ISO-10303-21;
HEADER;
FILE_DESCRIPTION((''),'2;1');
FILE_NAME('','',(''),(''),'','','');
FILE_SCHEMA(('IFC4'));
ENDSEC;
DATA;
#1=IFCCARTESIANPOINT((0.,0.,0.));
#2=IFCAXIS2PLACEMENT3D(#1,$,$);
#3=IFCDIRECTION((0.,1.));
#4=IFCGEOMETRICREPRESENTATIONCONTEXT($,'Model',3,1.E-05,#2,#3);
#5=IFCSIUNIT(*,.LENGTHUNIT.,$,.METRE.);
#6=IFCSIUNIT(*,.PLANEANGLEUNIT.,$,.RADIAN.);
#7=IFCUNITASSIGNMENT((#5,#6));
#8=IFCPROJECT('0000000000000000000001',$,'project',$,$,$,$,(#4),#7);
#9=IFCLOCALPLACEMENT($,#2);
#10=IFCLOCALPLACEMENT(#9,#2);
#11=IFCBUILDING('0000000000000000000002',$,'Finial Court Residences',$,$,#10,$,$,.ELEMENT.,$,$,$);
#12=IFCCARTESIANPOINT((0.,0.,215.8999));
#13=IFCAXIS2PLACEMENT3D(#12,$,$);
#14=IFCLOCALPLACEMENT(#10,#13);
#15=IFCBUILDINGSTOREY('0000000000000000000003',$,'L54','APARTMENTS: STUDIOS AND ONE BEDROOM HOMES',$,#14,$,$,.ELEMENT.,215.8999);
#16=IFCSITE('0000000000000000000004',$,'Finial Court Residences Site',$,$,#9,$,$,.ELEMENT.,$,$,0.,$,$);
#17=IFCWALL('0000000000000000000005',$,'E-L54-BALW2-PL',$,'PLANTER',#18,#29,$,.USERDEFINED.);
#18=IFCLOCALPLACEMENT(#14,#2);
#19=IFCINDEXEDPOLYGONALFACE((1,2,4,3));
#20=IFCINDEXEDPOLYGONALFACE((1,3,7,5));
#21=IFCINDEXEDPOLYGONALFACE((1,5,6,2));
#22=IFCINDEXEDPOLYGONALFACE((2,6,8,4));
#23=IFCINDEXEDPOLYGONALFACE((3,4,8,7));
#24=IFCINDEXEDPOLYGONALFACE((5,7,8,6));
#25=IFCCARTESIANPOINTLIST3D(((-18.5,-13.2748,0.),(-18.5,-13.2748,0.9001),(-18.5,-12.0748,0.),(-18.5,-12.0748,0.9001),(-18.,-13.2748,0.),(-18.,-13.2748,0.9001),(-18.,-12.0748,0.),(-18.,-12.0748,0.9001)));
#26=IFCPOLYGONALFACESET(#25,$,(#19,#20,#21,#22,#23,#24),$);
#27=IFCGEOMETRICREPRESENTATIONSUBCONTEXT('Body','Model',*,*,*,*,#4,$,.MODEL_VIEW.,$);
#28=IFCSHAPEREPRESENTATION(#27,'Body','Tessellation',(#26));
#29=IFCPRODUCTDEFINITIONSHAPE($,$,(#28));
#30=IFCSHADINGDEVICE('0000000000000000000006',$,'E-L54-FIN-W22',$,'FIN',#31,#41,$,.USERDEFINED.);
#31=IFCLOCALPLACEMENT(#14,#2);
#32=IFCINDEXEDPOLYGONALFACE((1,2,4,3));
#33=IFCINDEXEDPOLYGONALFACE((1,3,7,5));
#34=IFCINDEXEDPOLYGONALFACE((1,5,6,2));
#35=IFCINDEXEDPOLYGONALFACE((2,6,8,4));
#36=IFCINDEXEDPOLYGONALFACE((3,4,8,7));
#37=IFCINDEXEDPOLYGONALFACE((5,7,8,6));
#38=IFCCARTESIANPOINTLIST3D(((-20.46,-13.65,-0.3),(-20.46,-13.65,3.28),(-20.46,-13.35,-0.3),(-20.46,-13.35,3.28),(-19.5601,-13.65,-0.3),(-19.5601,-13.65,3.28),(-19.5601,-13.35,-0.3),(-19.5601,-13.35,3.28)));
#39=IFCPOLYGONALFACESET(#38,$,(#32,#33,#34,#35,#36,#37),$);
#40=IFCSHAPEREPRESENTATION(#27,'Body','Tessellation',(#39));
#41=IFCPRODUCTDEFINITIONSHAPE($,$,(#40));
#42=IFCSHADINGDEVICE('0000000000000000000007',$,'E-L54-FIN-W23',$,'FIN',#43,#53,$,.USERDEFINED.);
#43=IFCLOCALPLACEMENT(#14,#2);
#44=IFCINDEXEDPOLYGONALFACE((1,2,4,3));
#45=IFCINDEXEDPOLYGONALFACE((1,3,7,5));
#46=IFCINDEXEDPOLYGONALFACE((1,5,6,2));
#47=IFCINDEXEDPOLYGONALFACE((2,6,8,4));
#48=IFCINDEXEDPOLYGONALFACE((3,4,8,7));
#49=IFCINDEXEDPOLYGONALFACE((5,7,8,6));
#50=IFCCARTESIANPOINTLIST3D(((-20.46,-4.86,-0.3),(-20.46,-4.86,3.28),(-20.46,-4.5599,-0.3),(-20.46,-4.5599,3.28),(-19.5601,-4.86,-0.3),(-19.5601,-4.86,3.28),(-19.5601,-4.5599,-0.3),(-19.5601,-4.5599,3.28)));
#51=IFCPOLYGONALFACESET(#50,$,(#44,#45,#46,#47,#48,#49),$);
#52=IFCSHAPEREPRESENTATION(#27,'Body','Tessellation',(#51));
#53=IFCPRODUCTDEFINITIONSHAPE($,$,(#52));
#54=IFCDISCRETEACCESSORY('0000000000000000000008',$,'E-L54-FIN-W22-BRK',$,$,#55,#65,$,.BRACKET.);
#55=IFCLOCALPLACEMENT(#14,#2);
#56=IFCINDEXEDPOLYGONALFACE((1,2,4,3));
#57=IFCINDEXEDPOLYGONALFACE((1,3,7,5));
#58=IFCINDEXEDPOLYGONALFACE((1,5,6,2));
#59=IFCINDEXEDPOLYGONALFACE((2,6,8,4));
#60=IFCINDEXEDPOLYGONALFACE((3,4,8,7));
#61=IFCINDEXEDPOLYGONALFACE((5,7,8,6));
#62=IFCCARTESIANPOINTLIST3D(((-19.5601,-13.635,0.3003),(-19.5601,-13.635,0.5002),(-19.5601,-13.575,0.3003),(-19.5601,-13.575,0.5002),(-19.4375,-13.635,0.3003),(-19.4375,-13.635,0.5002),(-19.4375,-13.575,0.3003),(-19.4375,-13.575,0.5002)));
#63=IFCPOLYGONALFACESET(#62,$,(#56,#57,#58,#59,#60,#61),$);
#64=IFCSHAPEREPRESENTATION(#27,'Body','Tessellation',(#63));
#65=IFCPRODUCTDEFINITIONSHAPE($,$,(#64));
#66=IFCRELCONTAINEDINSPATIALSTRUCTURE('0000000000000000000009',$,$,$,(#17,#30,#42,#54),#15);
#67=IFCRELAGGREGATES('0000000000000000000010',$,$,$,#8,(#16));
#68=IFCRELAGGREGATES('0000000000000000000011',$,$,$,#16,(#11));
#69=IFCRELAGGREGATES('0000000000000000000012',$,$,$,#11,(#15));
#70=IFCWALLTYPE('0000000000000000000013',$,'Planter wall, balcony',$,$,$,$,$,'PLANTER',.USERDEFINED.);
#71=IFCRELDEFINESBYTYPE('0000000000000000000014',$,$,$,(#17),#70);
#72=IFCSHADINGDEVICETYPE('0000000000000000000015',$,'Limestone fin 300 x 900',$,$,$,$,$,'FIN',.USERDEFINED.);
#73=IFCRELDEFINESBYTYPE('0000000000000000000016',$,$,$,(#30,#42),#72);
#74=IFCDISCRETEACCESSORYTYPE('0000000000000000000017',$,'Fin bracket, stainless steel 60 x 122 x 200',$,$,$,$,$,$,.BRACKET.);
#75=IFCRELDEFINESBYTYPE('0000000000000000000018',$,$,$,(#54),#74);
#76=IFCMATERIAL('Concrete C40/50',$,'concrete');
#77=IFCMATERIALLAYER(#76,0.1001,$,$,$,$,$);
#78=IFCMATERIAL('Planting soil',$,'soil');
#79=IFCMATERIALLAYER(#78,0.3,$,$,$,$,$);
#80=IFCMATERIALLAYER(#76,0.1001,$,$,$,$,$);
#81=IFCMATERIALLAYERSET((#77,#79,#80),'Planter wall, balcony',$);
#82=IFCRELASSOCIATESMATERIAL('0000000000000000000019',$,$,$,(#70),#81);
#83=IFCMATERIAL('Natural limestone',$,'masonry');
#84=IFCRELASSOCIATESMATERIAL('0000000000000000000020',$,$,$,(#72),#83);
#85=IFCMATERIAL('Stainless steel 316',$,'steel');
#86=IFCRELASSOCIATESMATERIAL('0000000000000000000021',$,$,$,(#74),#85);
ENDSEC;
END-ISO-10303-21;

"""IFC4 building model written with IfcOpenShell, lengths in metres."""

from ifc_helpers import new_model, si_unit, direction, frame, frame_2d, origin, origin_2d, place, context, subcontext, project, spatial, rectangle, extrude, material, layer, layer_set, type_object, element, save


model = new_model("IFC4")

# Units and contexts
model_context = context("Model", 3, precision=1e-05, world=origin(), true_north=direction((0.0, 1.0)))
body_context = subcontext(model_context, "Body", "Model", "MODEL_VIEW")
ifc_project = project(units=[si_unit("LENGTHUNIT", "METRE"), si_unit("PLANEANGLEUNIT", "RADIAN")], contexts=[model_context])

# Site, building, storey
site_placement = place(None, origin())
site = spatial("IfcSite", under=ifc_project, at=site_placement, Name="Finial Court Residences Site", CompositionType="ELEMENT", RefElevation=0.0)
building_placement = place(site_placement, origin())
building = spatial("IfcBuilding", under=site, at=building_placement, Name="Finial Court Residences", CompositionType="ELEMENT")
storey_placement = place(building_placement, frame((0.0, 0.0, 215.8999)))
storey = spatial("IfcBuildingStorey", under=building, at=storey_placement, Name="L54", Description="APARTMENTS: STUDIOS AND ONE BEDROOM HOMES", CompositionType="ELEMENT", Elevation=215.8999)

# Shared definitions
ifc_material_1 = material(Name="Natural limestone", Category="masonry")

# Wall
ifc_material_2 = material(Name="Concrete C40/50", Category="concrete")
ifc_layer_1 = layer(ifc_material_2, 0.1001)
ifc_material_3 = material(Name="Planting soil", Category="soil")
ifc_layer_2 = layer(ifc_material_3, 0.3)
ifc_layer_3 = layer(ifc_material_2, 0.1001)
ifc_layer_set_1 = layer_set([ifc_layer_1, ifc_layer_2, ifc_layer_3], Name="Planter wall, balcony")
wall_type_1 = type_object("IfcWallType", Name="Planter wall, balcony", ElementType="PLANTER", PredefinedType="USERDEFINED", material=ifc_layer_set_1)
wall_1_placement = place(storey_placement, frame((-18.25, -13.2749, 0.0), z_axis=(0.0, 0.0, 1.0), x_axis=(0.0, 1.0, 0.0)))
element("IfcWall", 1, at=wall_1_placement, inside=storey, type_object=wall_type_1, Name="E-L54-BALW2-PL", ObjectType="PLANTER", PredefinedType="USERDEFINED", context=body_context, shape_type="SweptSolid", body=[
    extrude(rectangle(XDim=1.2, YDim=0.5, at=frame_2d((0.6001, 0.0))), origin(), (0.0, 0.0, 1.0), 0.9001),
])

# Shading devices
shading_device_type = type_object("IfcShadingDeviceType", Name="Limestone fin 300 x 900", ElementType="FIN", PredefinedType="USERDEFINED", material=ifc_material_1)
for number, where, z_axis, x_axis, name in (
    (2, (-20.01, -13.5, -0.3), (0.0, 0.0, 1.0), (1.0, 0.0, 0.0), "E-L54-FIN-W22"),
    (3, (-20.01, -4.71, -0.3), (0.0, 0.0, 1.0), (1.0, 0.0, 0.0), "E-L54-FIN-W23"),
):
    element("IfcShadingDevice", number, at=place(storey_placement, frame(where, z_axis=z_axis, x_axis=x_axis)), inside=storey, type_object=shading_device_type, Name=name, ObjectType="FIN", PredefinedType="USERDEFINED", context=body_context, shape_type="SweptSolid", body=[
        extrude(rectangle(XDim=0.8999, YDim=0.3, at=origin_2d()), origin(), (0.0, 0.0, 1.0), 3.5801),
    ])

# Discrete accessory
ifc_material_4 = material(Name="Stainless steel 316", Category="steel")
discrete_accessory_type = type_object("IfcDiscreteAccessoryType", Name="Fin bracket, stainless steel 60 x 122 x 200", PredefinedType="BRACKET", material=ifc_material_4)
discrete_accessory_placement = place(storey_placement, frame((-19.4988, -13.605, 0.3003), z_axis=(0.0, 0.0, 1.0), x_axis=(1.0, 0.0, 0.0)))
element("IfcDiscreteAccessory", 4, at=discrete_accessory_placement, inside=storey, type_object=discrete_accessory_type, Name="E-L54-FIN-W22-BRK", PredefinedType="BRACKET", context=body_context, shape_type="SweptSolid", body=[
    extrude(rectangle(XDim=0.1226, YDim=0.0601, at=origin_2d()), origin(), (0.0, 0.0, 1.0), 0.2),
])

save(model, "model.ifc")
